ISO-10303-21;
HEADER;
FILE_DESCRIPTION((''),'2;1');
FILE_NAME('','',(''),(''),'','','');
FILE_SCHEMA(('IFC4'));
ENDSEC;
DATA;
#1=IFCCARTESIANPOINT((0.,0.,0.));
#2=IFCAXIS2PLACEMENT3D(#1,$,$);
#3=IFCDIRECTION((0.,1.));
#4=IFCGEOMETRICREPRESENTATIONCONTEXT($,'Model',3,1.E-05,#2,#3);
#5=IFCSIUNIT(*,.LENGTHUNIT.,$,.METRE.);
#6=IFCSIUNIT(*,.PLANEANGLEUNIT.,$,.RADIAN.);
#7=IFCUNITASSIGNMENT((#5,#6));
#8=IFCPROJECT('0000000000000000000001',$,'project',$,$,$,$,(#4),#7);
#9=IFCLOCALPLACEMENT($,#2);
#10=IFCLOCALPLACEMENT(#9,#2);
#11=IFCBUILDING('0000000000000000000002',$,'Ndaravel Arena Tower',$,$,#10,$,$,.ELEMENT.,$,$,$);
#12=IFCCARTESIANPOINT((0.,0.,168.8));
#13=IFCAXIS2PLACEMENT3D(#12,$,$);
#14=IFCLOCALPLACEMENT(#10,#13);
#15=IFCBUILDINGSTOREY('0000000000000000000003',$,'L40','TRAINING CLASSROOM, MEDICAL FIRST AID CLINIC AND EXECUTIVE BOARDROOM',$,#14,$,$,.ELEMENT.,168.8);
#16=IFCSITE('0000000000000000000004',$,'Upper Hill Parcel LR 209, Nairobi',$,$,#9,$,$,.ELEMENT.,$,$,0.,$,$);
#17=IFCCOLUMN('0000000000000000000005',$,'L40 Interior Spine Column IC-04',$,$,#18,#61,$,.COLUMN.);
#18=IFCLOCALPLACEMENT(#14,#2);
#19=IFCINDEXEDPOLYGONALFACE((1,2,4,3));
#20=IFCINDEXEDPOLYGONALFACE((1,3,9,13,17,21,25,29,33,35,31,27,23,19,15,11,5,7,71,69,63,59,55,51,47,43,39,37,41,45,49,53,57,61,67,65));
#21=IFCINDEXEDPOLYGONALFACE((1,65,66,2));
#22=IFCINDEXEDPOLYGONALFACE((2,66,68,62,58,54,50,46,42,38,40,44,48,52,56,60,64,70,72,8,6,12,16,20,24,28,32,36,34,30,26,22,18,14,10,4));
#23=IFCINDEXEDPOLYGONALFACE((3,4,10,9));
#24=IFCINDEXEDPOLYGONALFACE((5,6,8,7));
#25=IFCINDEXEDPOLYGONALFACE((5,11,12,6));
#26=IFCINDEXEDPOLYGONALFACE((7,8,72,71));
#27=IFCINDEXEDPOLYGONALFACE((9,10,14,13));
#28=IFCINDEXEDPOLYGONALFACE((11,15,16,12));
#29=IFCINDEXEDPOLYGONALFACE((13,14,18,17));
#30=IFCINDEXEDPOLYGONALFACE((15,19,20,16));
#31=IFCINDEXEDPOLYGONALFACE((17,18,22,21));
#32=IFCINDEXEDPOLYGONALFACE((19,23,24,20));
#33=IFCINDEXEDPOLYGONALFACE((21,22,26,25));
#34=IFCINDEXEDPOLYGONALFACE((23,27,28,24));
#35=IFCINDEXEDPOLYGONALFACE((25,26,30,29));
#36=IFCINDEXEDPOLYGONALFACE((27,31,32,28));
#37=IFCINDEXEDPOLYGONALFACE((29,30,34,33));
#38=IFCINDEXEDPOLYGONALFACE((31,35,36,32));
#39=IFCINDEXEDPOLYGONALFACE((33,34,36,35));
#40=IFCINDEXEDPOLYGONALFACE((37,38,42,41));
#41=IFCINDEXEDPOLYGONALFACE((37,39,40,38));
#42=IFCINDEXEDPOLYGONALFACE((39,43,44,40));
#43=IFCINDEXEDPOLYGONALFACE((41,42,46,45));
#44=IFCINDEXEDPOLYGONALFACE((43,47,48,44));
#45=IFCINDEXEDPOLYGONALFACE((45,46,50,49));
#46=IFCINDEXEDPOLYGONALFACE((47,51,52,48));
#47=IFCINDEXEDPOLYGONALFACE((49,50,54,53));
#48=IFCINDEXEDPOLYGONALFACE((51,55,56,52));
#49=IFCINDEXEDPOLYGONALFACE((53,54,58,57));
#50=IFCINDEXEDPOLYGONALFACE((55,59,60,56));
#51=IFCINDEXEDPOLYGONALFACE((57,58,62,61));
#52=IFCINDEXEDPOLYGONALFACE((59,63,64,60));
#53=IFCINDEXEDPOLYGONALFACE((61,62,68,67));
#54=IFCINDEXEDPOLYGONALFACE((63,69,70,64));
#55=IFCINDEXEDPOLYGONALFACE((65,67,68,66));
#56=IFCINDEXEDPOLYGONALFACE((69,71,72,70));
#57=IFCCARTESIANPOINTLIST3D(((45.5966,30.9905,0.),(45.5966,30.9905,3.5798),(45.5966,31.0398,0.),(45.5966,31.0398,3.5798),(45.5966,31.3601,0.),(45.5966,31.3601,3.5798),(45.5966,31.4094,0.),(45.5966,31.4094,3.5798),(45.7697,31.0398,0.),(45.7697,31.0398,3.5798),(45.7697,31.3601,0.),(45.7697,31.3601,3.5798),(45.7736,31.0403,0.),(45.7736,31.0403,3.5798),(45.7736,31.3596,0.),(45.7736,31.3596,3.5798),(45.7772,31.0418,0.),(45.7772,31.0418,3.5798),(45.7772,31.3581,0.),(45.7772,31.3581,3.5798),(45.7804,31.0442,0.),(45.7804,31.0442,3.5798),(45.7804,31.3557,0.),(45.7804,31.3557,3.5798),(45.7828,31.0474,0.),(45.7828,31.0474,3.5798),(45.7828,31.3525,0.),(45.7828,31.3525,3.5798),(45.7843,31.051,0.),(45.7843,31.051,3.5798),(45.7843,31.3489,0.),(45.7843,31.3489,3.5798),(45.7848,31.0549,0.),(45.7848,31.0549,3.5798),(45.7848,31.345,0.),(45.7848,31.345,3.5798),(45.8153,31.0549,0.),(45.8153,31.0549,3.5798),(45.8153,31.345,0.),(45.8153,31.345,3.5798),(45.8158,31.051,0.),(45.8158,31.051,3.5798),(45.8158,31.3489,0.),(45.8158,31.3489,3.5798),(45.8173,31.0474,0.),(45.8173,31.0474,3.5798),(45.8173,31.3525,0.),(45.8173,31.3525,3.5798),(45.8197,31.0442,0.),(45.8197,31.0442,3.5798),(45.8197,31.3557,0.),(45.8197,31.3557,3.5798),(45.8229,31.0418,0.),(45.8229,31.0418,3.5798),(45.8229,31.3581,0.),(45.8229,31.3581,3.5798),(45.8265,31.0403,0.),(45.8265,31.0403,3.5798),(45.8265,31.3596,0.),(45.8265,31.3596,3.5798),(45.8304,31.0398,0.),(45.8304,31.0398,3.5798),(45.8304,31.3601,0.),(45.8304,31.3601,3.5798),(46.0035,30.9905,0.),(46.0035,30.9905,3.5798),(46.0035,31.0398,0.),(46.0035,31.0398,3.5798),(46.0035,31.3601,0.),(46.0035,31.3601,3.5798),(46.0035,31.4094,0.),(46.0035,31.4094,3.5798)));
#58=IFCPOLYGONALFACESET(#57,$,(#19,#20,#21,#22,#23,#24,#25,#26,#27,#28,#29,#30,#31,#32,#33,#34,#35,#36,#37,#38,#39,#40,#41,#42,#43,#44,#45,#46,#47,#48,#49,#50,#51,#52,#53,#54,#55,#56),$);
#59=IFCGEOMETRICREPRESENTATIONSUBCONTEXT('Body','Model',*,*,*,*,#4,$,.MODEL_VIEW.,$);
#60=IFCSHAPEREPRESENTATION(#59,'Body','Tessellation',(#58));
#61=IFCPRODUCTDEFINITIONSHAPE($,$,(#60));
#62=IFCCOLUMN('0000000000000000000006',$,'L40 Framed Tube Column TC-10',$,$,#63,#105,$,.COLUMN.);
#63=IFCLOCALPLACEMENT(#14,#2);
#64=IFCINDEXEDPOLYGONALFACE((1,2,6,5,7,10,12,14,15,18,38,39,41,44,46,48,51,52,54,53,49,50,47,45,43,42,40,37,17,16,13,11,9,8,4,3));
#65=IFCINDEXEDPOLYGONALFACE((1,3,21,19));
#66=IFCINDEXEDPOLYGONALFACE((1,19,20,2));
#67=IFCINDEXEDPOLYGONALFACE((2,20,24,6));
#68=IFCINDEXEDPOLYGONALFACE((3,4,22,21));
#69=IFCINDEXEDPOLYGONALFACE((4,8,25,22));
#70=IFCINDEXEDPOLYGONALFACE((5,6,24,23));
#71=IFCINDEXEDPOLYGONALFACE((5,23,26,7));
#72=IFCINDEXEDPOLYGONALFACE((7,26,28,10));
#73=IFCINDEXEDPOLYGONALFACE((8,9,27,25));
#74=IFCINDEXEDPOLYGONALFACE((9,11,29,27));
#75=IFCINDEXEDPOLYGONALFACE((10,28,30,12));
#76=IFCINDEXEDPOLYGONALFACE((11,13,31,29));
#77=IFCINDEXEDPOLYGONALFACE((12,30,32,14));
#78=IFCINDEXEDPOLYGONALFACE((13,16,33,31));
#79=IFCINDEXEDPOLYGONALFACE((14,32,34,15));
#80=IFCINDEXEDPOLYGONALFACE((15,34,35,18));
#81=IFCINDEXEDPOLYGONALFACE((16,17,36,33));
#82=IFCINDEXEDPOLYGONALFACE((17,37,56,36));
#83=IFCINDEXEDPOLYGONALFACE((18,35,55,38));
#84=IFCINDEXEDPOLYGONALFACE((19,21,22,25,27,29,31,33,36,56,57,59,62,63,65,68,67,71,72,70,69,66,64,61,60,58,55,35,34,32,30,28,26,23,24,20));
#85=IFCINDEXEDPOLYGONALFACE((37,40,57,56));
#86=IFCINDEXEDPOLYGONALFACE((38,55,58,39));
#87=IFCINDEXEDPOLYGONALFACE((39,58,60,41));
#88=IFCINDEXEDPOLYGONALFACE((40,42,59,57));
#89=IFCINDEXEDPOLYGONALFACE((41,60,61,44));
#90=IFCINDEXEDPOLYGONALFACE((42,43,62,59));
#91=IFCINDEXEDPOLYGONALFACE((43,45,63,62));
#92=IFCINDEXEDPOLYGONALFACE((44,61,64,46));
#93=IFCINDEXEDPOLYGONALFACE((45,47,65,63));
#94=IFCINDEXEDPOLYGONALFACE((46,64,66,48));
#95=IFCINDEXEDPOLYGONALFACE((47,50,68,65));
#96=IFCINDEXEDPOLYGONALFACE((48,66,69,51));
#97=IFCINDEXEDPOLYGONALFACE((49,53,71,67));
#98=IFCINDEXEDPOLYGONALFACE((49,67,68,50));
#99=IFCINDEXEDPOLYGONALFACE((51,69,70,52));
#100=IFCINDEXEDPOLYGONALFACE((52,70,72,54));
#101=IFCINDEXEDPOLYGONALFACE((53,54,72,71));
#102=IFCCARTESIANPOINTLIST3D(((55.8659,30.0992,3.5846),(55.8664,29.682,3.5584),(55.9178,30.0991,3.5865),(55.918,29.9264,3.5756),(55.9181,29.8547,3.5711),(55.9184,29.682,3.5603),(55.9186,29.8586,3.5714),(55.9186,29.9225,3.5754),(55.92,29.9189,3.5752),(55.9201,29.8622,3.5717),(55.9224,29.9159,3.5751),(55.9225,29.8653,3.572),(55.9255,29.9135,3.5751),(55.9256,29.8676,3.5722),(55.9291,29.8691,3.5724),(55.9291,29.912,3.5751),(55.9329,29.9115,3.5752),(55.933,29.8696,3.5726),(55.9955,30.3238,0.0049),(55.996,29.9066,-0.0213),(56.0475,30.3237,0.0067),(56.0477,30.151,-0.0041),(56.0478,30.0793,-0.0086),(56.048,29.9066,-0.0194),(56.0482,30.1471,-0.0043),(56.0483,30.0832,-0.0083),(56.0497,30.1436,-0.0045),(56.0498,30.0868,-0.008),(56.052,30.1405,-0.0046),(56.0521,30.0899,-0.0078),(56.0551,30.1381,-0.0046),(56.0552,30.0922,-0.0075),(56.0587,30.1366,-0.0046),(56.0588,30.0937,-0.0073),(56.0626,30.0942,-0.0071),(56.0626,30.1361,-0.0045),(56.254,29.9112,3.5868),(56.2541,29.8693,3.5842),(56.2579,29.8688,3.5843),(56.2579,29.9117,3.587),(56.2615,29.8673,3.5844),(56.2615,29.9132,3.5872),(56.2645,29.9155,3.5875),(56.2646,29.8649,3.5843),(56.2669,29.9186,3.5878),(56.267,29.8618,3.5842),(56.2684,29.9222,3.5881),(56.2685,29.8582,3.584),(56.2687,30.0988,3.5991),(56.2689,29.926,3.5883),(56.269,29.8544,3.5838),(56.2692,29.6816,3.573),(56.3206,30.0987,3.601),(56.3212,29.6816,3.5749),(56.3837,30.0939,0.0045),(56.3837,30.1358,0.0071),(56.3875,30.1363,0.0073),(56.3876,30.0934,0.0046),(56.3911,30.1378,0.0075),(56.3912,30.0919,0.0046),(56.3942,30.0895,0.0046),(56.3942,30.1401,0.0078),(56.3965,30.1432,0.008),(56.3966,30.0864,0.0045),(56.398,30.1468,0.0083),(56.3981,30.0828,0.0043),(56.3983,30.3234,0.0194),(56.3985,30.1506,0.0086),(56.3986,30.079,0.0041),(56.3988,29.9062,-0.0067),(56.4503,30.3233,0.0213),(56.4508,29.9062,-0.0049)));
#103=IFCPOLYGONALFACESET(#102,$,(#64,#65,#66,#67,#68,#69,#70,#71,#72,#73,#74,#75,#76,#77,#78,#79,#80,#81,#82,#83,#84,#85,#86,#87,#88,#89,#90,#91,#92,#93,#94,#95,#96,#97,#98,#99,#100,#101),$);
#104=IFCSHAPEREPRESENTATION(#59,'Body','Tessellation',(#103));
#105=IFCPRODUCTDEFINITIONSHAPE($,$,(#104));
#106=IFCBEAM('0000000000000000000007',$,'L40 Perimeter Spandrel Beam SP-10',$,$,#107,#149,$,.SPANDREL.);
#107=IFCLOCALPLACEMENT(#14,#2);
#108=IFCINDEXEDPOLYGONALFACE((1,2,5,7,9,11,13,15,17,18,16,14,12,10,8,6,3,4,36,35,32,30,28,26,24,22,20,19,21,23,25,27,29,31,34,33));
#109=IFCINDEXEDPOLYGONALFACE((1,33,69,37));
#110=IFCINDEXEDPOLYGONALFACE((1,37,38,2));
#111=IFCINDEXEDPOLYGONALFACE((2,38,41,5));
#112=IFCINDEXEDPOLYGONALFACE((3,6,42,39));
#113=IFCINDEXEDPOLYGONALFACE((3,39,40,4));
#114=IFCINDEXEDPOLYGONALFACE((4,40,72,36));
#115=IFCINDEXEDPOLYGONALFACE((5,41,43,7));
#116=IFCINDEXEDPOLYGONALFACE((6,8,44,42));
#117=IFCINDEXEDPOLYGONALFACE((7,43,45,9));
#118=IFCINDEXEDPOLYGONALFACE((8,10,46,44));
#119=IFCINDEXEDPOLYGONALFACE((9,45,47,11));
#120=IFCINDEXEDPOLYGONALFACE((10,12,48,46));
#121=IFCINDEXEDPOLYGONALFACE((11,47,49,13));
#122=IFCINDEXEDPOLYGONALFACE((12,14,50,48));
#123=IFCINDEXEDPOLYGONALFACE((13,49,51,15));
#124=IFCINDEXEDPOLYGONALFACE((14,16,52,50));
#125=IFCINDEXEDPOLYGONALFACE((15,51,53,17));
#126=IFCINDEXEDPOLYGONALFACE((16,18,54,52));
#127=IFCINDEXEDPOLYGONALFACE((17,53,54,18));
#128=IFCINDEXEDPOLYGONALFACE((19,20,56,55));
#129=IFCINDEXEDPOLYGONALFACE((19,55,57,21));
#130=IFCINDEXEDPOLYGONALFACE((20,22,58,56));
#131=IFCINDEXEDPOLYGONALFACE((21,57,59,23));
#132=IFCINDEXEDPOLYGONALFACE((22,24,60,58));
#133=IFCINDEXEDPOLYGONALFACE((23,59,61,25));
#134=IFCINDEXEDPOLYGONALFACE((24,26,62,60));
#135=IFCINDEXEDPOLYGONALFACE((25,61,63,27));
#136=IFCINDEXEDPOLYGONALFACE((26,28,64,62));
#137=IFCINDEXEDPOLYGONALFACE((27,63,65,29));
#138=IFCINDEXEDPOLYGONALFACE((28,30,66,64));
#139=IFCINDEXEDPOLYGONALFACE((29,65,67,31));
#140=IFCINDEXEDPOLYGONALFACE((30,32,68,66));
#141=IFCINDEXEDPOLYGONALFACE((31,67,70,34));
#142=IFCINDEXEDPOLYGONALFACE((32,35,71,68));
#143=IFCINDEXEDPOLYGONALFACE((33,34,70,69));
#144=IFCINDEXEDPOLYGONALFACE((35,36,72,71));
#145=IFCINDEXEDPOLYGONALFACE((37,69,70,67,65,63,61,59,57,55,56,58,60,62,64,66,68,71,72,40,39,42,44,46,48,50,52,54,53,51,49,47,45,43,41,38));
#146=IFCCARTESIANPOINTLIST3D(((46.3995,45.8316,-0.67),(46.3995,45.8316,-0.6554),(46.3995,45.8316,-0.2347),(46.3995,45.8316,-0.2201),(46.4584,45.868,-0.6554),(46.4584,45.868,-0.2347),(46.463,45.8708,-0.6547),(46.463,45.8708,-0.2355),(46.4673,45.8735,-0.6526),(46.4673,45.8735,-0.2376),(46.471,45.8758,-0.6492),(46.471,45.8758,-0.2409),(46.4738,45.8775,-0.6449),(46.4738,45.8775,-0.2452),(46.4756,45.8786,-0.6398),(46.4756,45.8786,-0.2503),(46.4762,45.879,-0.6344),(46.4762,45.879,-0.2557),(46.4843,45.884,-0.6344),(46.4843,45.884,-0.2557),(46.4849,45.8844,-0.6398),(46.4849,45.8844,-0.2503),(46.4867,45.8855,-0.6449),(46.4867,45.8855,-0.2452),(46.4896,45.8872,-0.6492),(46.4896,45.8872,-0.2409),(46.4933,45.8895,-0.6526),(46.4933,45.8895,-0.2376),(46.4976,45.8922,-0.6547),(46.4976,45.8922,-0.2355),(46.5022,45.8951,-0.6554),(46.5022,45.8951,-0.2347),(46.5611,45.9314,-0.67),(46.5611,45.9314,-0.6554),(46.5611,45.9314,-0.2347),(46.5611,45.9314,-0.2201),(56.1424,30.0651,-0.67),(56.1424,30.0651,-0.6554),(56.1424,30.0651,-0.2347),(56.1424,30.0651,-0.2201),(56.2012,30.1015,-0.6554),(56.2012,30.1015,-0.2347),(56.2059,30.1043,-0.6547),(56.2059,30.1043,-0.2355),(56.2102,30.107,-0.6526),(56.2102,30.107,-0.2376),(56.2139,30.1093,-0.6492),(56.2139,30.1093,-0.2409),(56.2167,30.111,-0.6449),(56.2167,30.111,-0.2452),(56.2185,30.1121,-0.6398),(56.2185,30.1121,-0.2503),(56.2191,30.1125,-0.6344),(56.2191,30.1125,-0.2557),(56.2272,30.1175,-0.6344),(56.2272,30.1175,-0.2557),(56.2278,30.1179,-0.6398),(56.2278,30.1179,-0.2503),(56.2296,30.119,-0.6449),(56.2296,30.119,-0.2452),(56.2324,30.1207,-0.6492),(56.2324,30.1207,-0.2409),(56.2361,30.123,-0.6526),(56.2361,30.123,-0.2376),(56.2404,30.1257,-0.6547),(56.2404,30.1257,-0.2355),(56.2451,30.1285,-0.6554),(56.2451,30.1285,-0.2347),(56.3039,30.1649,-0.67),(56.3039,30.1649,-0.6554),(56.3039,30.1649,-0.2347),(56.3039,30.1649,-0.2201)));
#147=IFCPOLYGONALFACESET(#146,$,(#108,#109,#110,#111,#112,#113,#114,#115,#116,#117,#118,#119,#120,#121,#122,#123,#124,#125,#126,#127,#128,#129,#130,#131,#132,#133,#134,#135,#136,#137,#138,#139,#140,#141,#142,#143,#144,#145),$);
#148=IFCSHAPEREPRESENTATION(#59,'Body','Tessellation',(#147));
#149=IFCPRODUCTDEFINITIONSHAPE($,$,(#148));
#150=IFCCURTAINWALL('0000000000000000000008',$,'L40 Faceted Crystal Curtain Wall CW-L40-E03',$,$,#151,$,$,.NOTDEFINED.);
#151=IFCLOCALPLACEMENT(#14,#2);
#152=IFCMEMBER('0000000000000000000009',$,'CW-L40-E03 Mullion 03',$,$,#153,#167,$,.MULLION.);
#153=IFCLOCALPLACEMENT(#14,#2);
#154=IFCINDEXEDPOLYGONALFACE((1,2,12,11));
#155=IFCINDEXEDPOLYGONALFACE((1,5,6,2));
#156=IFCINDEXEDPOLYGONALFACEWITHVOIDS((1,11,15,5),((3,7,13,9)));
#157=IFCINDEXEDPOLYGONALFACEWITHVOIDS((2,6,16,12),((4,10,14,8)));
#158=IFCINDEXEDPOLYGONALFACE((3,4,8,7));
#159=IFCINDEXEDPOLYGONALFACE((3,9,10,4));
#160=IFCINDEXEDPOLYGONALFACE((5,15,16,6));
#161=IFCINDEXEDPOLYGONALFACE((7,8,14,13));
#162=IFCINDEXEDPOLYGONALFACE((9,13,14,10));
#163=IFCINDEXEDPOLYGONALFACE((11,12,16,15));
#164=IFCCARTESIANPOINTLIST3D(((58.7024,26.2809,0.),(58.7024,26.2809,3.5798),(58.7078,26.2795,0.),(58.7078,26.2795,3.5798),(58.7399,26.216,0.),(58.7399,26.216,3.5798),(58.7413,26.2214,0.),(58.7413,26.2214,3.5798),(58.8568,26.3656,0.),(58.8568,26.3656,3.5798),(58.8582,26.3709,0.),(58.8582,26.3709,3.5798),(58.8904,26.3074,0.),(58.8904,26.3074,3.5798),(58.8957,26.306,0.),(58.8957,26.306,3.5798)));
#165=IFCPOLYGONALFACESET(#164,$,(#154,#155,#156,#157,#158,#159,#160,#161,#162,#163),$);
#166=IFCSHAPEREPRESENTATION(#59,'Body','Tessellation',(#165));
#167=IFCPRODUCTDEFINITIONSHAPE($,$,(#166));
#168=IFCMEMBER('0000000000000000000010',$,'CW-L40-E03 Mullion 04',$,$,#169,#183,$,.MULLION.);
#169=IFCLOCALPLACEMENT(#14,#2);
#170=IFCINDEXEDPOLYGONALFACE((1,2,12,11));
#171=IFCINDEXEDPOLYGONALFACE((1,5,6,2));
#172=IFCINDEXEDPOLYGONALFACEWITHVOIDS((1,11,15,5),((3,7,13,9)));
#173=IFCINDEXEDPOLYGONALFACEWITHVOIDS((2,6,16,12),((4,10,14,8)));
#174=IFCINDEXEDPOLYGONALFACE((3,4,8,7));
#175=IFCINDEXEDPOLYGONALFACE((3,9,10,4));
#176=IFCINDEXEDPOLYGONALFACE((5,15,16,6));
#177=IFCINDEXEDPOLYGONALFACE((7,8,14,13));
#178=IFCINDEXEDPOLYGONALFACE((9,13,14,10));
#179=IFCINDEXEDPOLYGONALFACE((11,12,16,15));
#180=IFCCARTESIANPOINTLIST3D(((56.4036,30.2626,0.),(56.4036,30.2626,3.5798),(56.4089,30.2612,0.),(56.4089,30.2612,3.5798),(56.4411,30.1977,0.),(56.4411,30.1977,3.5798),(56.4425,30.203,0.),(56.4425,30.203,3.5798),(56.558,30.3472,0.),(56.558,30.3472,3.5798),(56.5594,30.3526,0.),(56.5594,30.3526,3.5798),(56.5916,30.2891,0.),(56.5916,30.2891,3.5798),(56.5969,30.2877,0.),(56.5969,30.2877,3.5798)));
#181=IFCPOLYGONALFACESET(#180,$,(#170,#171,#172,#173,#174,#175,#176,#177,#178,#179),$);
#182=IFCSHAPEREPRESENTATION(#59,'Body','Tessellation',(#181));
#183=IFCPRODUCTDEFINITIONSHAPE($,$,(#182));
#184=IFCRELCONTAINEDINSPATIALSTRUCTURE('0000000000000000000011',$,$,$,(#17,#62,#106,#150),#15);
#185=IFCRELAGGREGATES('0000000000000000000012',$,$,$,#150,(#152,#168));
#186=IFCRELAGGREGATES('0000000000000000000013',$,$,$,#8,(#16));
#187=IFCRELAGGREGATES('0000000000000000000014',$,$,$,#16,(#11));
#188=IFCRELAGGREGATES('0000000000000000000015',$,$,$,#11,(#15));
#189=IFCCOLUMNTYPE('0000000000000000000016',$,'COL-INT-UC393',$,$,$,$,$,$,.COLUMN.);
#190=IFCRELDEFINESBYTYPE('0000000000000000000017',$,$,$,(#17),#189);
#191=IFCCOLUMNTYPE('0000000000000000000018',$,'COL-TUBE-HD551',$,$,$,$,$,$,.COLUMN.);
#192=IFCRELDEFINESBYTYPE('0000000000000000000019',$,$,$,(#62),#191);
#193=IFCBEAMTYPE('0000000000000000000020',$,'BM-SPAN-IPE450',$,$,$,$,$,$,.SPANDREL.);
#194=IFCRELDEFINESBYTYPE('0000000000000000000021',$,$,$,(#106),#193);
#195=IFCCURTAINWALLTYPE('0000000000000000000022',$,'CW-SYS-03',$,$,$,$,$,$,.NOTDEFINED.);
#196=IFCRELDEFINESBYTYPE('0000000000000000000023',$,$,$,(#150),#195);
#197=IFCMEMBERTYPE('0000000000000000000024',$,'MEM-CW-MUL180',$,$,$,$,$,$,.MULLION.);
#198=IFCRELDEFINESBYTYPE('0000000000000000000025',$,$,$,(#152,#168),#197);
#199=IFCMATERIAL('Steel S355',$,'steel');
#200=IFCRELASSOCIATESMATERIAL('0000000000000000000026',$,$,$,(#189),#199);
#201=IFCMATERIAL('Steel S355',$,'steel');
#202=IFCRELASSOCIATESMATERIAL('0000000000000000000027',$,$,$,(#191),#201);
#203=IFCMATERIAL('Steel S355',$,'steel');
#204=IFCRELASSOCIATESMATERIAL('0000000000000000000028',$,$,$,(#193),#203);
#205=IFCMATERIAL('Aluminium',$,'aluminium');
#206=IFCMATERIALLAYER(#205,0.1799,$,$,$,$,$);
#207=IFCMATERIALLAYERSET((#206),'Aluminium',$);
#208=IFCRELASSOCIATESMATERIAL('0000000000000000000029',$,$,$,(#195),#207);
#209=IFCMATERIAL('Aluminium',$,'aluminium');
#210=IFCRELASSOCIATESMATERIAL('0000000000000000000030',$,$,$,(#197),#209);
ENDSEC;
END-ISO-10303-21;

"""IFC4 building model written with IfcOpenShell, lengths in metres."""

from ifc_helpers import new_model, si_unit, direction, frame, origin, origin_2d, place, context, subcontext, project, spatial, hollow_rectangle, i_section, extrude, material, layer, layer_set, material_profile, profile_set, type_object, element, aggregate, save


model = new_model("IFC4")

# Units and contexts
model_context = context("Model", 3, precision=1e-05, world=origin(), true_north=direction((0.0, 1.0)))
body_context = subcontext(model_context, "Body", "Model", "MODEL_VIEW")
ifc_project = project(units=[si_unit("LENGTHUNIT", "METRE"), si_unit("PLANEANGLEUNIT", "RADIAN")], contexts=[model_context])

# Site, building, storey
site_placement = place(None, origin())
site = spatial("IfcSite", under=ifc_project, at=site_placement, Name="Upper Hill Parcel LR 209, Nairobi", CompositionType="ELEMENT", RefElevation=0.0)
building_placement = place(site_placement, origin())
building = spatial("IfcBuilding", under=site, at=building_placement, Name="Ndaravel Arena Tower", CompositionType="ELEMENT")
storey_placement = place(building_placement, frame((0.0, 0.0, 168.8)))
storey = spatial("IfcBuildingStorey", under=building, at=storey_placement, Name="L40", Description="TRAINING CLASSROOM, MEDICAL FIRST AID CLINIC AND EXECUTIVE BOARDROOM", CompositionType="ELEMENT", Elevation=168.8)

# Columns
ifc_material_1 = material(Name="Steel S355", Category="steel")
ifc_material_profile_1 = material_profile(ifc_material_1, i_section(OverallWidth=0.407, OverallDepth=0.4189, WebThickness=0.0305, FlangeThickness=0.0493, FilletRadius=0.0151, at=origin_2d()), Name="UC 356x406x393")
ifc_profile_set_1 = profile_set([ifc_material_profile_1], Name="Steel S355")
column_type_1 = type_object("IfcColumnType", Name="COL-INT-UC393", PredefinedType="COLUMN", material=ifc_profile_set_1)
column_1_placement = place(storey_placement, frame((45.8, 31.2, 0.0), z_axis=(0.0, 0.0, 1.0), x_axis=(1.0, 0.0, 0.0)))
element("IfcColumn", 1, at=column_1_placement, inside=storey, type_object=column_type_1, Name="L40 Interior Spine Column IC-04", PredefinedType="COLUMN", context=body_context, shape_type="SweptSolid", body=[
    extrude(i_section(OverallWidth=0.407, OverallDepth=0.4189, WebThickness=0.0305, FlangeThickness=0.0493, FilletRadius=0.0151, at=origin_2d()), origin(), (0.0, 0.0, 1.0), 3.5798),
])
ifc_material_2 = material(Name="Steel S355", Category="steel")
ifc_material_profile_2 = material_profile(ifc_material_2, i_section(OverallWidth=0.418, OverallDepth=0.4551, WebThickness=0.042, FlangeThickness=0.052, FilletRadius=0.0149, at=origin_2d()), Name="HD 400x551")
ifc_profile_set_2 = profile_set([ifc_material_profile_2], Name="Steel S355")
column_type_2 = type_object("IfcColumnType", Name="COL-TUBE-HD551", PredefinedType="COLUMN", material=ifc_profile_set_2)
column_2_placement = place(storey_placement, frame((56.2231, 30.115, 0.0), z_axis=(-0.036119, -0.062579, 0.997386), x_axis=(-0.001264, 0.99804, 0.062574)))
element("IfcColumn", 2, at=column_2_placement, inside=storey, type_object=column_type_2, Name="L40 Framed Tube Column TC-10", PredefinedType="COLUMN", context=body_context, shape_type="SweptSolid", body=[
    extrude(i_section(OverallWidth=0.418, OverallDepth=0.4551, WebThickness=0.042, FlangeThickness=0.052, FilletRadius=0.0149, at=origin_2d()), origin(), (0.0, 0.0, 1.0), 3.5891),
])

# Beam
ifc_material_3 = material(Name="Steel S355", Category="steel")
ifc_material_profile_3 = material_profile(ifc_material_3, i_section(OverallWidth=0.1899, OverallDepth=0.45, WebThickness=0.0095, FlangeThickness=0.0146, FilletRadius=0.021, at=origin_2d()), Name="IPE 450")
ifc_profile_set_3 = profile_set([ifc_material_profile_3], Name="Steel S355")
beam_type = type_object("IfcBeamType", Name="BM-SPAN-IPE450", PredefinedType="SPANDREL", material=ifc_profile_set_3)
beam_placement = place(storey_placement, frame((56.2231, 30.115, -0.4451), z_axis=(-0.525677, 0.850684, 0.0), x_axis=(-0.850684, -0.525677, 0.0)))
element("IfcBeam", 3, at=beam_placement, inside=storey, type_object=beam_type, Name="L40 Perimeter Spandrel Beam SP-10", PredefinedType="SPANDREL", context=body_context, shape_type="SweptSolid", body=[
    extrude(i_section(OverallWidth=0.1899, OverallDepth=0.45, WebThickness=0.0095, FlangeThickness=0.0146, FilletRadius=0.021, at=origin_2d()), origin(), (0.0, 0.0, 1.0), 18.5339),
])

# Curtain wall, members
ifc_material_4 = material(Name="Aluminium", Category="aluminium")
ifc_layer_1 = layer(ifc_material_4, 0.1799)
ifc_layer_set_1 = layer_set([ifc_layer_1], Name="Aluminium")
curtain_wall_type = type_object("IfcCurtainWallType", Name="CW-SYS-03", PredefinedType="NOTDEFINED", material=ifc_layer_set_1)
curtain_wall_placement = place(storey_placement, origin())
curtain_wall = element("IfcCurtainWall", 4, at=curtain_wall_placement, inside=storey, type_object=curtain_wall_type, Name="L40 Faceted Crystal Curtain Wall CW-L40-E03", PredefinedType="NOTDEFINED")
ifc_material_5 = material(Name="Aluminium", Category="aluminium")
ifc_material_profile_4 = material_profile(ifc_material_5, hollow_rectangle(XDim=0.075, YDim=0.1799, WallThickness=0.0039, at=origin_2d()), Name="CW MULLION 75x180x4")
ifc_profile_set_4 = profile_set([ifc_material_profile_4], Name="Aluminium")
member_type = type_object("IfcMemberType", Name="MEM-CW-MUL180", PredefinedType="MULLION", material=ifc_profile_set_4)
member_1_placement = place(storey_placement, frame((58.7991, 26.2935, 0.0), z_axis=(0.0, 0.0, 1.0), x_axis=(-0.5, 0.866025, 0.0)))
member_1 = element("IfcMember", 5, at=member_1_placement, type_object=member_type, Name="CW-L40-E03 Mullion 03", PredefinedType="MULLION", context=body_context, shape_type="SweptSolid", body=[
    extrude(hollow_rectangle(XDim=0.075, YDim=0.1799, WallThickness=0.0039, at=origin_2d()), origin(), (0.0, 0.0, 1.0), 3.5798),
])
member_2_placement = place(storey_placement, frame((56.5002, 30.2751, 0.0), z_axis=(0.0, 0.0, 1.0), x_axis=(-0.5, 0.866025, 0.0)))
member_2 = element("IfcMember", 6, at=member_2_placement, type_object=member_type, Name="CW-L40-E03 Mullion 04", PredefinedType="MULLION", context=body_context, shape_type="SweptSolid", body=[
    extrude(hollow_rectangle(XDim=0.075, YDim=0.1799, WallThickness=0.0039, at=origin_2d()), origin(), (0.0, 0.0, 1.0), 3.5798),
])
aggregate(curtain_wall, [member_1, member_2])

save(model, "model.ifc")
